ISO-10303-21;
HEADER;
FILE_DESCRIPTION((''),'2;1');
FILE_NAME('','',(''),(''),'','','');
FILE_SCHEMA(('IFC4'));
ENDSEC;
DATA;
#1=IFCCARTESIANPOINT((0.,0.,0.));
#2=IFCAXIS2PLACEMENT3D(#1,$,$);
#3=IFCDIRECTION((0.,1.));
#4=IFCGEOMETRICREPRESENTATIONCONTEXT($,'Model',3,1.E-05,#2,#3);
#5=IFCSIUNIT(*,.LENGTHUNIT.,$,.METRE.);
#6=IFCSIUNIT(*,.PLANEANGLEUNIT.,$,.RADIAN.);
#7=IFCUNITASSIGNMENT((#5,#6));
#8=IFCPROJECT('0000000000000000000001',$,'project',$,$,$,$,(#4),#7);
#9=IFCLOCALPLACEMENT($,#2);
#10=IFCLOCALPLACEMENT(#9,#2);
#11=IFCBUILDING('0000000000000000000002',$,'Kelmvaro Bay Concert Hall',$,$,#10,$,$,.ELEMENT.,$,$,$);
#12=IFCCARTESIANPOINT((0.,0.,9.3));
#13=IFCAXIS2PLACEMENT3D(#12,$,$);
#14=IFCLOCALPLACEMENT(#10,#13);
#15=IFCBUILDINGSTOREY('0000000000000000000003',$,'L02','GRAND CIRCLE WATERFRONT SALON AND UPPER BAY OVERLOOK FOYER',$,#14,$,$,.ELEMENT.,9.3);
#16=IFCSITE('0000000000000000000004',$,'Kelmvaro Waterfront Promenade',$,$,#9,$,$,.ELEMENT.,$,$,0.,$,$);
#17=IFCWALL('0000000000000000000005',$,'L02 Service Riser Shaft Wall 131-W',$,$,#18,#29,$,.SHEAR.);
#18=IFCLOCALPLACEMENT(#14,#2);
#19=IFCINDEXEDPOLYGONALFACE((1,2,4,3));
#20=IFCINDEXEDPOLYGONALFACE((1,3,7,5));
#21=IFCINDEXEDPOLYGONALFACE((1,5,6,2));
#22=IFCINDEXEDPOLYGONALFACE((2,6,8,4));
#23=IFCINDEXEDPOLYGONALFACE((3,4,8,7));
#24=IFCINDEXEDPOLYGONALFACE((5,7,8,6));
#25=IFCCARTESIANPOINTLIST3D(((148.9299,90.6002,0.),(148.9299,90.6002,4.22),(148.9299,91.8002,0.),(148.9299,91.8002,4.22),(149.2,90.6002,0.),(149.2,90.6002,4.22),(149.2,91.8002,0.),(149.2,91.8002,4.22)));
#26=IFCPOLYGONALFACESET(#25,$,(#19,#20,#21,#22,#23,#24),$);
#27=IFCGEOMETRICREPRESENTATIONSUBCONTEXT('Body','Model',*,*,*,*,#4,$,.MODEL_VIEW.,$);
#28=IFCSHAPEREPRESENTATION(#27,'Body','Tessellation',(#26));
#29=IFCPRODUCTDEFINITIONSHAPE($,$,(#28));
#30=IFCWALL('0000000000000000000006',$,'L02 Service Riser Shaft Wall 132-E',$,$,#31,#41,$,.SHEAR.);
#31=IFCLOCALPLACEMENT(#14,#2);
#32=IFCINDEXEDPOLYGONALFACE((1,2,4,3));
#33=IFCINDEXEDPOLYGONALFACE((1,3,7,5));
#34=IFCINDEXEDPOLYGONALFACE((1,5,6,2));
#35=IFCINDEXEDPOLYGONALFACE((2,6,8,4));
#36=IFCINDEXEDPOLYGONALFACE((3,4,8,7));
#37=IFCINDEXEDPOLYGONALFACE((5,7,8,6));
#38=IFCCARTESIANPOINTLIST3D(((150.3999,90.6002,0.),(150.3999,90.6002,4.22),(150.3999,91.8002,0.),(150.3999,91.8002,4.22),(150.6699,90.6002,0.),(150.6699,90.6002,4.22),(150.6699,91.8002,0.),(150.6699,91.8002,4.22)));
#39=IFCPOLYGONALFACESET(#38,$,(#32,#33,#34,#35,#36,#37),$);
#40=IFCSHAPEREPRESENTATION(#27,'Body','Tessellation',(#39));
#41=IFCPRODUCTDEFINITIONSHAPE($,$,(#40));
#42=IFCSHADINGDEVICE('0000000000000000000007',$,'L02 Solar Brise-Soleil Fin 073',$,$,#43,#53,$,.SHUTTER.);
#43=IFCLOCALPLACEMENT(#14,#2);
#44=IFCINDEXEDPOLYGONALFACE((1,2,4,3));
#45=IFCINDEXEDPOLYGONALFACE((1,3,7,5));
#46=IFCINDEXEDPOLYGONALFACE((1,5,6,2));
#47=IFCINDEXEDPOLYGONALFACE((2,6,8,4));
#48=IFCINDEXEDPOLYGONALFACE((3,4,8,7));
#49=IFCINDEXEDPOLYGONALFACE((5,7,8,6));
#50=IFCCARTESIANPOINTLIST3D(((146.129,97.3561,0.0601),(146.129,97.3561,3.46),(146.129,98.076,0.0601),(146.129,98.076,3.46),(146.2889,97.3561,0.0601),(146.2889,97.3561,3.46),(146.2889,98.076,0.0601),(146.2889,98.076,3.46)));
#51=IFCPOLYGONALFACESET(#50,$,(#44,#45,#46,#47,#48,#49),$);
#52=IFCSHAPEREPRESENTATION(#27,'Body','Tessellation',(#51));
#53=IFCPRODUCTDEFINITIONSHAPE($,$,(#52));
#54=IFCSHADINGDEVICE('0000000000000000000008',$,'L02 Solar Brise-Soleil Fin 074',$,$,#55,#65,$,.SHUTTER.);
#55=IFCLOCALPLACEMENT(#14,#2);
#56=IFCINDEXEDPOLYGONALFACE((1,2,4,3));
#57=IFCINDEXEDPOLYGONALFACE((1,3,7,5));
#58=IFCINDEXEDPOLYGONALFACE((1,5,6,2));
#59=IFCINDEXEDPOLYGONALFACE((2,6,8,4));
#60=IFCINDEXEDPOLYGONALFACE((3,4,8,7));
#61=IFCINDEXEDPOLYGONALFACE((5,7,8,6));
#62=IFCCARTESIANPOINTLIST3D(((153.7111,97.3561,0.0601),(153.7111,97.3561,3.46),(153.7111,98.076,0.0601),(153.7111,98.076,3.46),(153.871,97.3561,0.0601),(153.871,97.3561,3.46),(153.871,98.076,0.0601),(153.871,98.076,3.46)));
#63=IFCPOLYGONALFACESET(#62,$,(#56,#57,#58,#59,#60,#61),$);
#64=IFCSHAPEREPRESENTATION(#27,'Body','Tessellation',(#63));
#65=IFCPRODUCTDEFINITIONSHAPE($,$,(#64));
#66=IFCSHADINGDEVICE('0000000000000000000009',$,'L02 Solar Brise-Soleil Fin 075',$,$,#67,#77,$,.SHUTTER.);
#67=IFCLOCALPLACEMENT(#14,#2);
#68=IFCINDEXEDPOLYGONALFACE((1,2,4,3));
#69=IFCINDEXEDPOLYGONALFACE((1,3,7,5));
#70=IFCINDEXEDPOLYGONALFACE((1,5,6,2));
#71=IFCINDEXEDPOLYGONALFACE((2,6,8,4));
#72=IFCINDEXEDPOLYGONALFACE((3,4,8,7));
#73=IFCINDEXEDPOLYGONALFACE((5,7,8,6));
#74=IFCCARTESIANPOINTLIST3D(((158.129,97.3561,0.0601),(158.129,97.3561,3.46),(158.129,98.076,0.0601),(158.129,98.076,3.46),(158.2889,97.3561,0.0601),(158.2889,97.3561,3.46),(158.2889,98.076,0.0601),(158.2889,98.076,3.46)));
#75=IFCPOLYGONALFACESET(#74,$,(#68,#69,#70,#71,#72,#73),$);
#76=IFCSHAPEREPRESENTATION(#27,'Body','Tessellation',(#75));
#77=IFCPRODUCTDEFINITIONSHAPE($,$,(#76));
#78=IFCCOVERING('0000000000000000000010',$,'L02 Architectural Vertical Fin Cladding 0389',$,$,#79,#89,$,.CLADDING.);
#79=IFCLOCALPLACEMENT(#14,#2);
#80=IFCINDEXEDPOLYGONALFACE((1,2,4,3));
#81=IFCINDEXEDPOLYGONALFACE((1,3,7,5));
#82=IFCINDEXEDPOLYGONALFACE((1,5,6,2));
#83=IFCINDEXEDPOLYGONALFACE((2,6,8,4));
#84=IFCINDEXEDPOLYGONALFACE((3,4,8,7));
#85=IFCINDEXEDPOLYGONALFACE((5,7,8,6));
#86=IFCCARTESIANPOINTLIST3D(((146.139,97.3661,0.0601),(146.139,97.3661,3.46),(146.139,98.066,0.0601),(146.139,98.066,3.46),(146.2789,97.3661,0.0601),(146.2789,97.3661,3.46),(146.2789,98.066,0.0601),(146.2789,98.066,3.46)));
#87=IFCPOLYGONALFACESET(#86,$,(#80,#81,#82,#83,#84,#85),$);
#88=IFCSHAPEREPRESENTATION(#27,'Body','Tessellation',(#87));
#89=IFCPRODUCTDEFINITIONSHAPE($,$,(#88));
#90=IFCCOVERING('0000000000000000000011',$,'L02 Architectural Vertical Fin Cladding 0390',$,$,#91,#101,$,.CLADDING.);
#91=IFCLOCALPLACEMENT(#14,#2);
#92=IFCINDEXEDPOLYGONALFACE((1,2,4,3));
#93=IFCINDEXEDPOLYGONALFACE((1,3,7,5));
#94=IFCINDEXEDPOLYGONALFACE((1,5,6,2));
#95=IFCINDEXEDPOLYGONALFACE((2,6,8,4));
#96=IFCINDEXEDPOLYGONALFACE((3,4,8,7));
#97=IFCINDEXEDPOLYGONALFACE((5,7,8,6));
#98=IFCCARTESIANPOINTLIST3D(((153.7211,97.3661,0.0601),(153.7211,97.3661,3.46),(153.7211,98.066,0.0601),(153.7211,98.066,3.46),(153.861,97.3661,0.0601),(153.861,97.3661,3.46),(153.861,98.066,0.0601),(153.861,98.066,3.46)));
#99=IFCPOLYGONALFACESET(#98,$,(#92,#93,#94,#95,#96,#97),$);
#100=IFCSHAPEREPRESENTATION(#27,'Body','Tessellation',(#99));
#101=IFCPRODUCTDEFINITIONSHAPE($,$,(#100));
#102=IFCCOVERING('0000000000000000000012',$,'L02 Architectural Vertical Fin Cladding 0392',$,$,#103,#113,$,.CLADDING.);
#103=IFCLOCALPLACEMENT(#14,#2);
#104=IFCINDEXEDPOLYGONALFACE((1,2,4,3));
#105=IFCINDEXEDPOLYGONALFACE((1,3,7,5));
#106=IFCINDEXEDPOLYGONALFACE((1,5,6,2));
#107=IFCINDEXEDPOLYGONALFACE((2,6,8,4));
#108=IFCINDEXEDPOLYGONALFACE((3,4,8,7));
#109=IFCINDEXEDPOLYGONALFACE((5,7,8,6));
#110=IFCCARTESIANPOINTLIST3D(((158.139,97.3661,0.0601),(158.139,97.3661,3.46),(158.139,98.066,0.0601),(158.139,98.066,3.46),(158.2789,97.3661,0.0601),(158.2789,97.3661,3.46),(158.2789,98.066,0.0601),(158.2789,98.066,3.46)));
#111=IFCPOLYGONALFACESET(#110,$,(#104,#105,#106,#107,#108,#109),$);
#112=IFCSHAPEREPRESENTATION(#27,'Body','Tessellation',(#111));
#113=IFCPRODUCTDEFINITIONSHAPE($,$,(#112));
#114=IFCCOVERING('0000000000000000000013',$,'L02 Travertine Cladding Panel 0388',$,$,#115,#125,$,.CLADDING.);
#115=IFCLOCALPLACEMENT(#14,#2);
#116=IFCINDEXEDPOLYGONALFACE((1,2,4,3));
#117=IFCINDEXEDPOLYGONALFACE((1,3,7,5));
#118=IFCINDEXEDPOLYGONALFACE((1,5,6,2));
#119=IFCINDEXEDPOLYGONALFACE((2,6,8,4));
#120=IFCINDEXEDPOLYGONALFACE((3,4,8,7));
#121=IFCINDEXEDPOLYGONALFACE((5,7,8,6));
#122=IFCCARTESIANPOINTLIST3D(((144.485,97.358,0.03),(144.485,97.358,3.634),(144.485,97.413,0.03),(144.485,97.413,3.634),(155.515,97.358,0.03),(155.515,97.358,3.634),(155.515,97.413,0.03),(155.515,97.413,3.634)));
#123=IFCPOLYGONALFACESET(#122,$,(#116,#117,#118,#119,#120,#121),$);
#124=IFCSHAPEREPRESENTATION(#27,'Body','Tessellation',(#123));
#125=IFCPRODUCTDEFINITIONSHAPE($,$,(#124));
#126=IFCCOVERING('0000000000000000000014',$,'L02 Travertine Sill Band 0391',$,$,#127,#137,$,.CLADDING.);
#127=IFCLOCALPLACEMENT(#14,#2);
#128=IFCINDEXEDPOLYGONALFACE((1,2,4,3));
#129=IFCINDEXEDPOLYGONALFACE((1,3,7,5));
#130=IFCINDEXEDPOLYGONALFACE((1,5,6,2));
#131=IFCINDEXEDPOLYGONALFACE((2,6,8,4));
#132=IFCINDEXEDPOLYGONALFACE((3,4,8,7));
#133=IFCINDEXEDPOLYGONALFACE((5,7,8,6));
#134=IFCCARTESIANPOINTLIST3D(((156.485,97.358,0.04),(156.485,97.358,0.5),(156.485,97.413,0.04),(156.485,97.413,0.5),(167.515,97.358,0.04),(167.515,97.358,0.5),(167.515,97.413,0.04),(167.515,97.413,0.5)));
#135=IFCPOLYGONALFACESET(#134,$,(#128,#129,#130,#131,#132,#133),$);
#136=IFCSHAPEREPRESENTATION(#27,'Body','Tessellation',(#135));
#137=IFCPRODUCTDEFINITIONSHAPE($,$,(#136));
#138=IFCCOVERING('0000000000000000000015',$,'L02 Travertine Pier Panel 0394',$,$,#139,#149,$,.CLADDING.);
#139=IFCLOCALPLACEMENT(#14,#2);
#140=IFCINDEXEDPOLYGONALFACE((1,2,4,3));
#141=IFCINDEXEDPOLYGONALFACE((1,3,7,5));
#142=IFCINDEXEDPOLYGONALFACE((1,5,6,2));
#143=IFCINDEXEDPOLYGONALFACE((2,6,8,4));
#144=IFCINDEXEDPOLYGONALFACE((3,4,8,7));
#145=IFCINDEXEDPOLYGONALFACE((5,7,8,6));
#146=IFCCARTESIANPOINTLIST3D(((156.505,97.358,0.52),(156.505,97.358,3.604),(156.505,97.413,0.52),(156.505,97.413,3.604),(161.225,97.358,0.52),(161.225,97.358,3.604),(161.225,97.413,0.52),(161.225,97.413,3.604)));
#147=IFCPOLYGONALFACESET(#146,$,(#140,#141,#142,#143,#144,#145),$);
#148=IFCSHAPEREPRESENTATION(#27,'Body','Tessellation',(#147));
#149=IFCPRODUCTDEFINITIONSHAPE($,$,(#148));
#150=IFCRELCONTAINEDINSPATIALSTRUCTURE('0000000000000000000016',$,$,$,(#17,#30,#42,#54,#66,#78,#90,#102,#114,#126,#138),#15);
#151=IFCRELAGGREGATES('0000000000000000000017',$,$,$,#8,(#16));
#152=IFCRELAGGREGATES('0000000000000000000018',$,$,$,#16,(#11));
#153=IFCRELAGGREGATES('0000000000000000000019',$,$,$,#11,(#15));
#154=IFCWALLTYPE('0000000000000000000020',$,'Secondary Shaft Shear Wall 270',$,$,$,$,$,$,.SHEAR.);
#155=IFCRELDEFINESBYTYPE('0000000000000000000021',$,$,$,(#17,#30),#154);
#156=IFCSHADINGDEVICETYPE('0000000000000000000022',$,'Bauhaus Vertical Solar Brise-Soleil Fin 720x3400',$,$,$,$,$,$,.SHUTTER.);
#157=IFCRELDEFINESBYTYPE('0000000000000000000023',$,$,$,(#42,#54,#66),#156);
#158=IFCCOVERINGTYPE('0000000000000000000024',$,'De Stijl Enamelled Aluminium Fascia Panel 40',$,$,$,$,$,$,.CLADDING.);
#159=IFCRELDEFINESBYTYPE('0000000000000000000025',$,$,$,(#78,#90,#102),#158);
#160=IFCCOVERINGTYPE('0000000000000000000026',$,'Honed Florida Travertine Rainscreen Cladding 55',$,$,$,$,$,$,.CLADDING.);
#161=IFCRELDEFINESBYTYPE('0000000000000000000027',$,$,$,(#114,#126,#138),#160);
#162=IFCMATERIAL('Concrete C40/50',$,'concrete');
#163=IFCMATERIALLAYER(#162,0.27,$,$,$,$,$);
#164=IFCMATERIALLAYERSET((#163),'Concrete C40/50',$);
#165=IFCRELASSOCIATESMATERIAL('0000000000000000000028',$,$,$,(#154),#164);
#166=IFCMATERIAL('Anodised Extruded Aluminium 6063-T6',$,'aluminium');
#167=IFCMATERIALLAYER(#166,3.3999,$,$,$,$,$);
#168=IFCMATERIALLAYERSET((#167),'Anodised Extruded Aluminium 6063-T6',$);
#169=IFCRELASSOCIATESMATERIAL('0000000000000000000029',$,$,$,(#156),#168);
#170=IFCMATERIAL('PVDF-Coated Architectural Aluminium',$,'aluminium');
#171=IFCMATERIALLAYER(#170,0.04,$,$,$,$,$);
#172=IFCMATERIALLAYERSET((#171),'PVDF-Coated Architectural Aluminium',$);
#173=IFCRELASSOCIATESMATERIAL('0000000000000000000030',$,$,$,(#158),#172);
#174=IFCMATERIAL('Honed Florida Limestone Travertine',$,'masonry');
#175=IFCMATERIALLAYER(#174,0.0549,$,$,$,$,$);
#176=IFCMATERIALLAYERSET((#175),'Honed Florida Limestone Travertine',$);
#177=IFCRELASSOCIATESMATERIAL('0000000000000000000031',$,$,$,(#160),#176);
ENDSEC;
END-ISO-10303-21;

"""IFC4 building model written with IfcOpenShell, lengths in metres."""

from ifc_helpers import new_model, si_unit, direction, frame, frame_2d, origin, origin_2d, place, context, subcontext, project, spatial, rectangle, extrude, material, layer, layer_set, type_object, element, save


model = new_model("IFC4")

# Units and contexts
model_context = context("Model", 3, precision=1e-05, world=origin(), true_north=direction((0.0, 1.0)))
body_context = subcontext(model_context, "Body", "Model", "MODEL_VIEW")
ifc_project = project(units=[si_unit("LENGTHUNIT", "METRE"), si_unit("PLANEANGLEUNIT", "RADIAN")], contexts=[model_context])

# Site, building, storey
site_placement = place(None, origin())
site = spatial("IfcSite", under=ifc_project, at=site_placement, Name="Kelmvaro Waterfront Promenade", CompositionType="ELEMENT", RefElevation=0.0)
building_placement = place(site_placement, origin())
building = spatial("IfcBuilding", under=site, at=building_placement, Name="Kelmvaro Bay Concert Hall", CompositionType="ELEMENT")
storey_placement = place(building_placement, frame((0.0, 0.0, 9.3)))
storey = spatial("IfcBuildingStorey", under=building, at=storey_placement, Name="L02", Description="GRAND CIRCLE WATERFRONT SALON AND UPPER BAY OVERLOOK FOYER", CompositionType="ELEMENT", Elevation=9.3)

# Walls
ifc_material_1 = material(Name="Concrete C40/50", Category="concrete")
ifc_layer_1 = layer(ifc_material_1, 0.27)
ifc_layer_set_1 = layer_set([ifc_layer_1], Name="Concrete C40/50")
wall_type_1 = type_object("IfcWallType", Name="Secondary Shaft Shear Wall 270", PredefinedType="SHEAR", material=ifc_layer_set_1)
for number, where, z_axis, x_axis, name in (
    (1, (149.0649, 90.6001, 0.0), (0.0, 0.0, 1.0), (0.0, 1.0, 0.0), "L02 Service Riser Shaft Wall 131-W"),
    (2, (150.5349, 90.6001, 0.0), (0.0, 0.0, 1.0), (0.0, 1.0, 0.0), "L02 Service Riser Shaft Wall 132-E"),
):
    element("IfcWall", number, at=place(storey_placement, frame(where, z_axis=z_axis, x_axis=x_axis)), inside=storey, type_object=wall_type_1, Name=name, PredefinedType="SHEAR", context=body_context, shape_type="SweptSolid", body=[
        extrude(rectangle(XDim=1.2, YDim=0.27, at=frame_2d((0.6001, 0.0))), origin(), (0.0, 0.0, 1.0), 4.22),
    ])

# Shading devices
ifc_material_2 = material(Name="Anodised Extruded Aluminium 6063-T6", Category="aluminium")
ifc_layer_2 = layer(ifc_material_2, 3.3999)
ifc_layer_set_2 = layer_set([ifc_layer_2], Name="Anodised Extruded Aluminium 6063-T6")
shading_device_type = type_object("IfcShadingDeviceType", Name="Bauhaus Vertical Solar Brise-Soleil Fin 720x3400", PredefinedType="SHUTTER", material=ifc_layer_set_2)
for number, where, z_axis, x_axis, name in (
    (3, (146.209, 97.7161, 0.0601), (0.0, 0.0, 1.0), (1.0, 0.0, 0.0), "L02 Solar Brise-Soleil Fin 073"),
    (4, (153.791, 97.7161, 0.0601), (0.0, 0.0, 1.0), (1.0, 0.0, 0.0), "L02 Solar Brise-Soleil Fin 074"),
    (5, (158.209, 97.7161, 0.0601), (0.0, 0.0, 1.0), (1.0, 0.0, 0.0), "L02 Solar Brise-Soleil Fin 075"),
):
    element("IfcShadingDevice", number, at=place(storey_placement, frame(where, z_axis=z_axis, x_axis=x_axis)), inside=storey, type_object=shading_device_type, Name=name, PredefinedType="SHUTTER", context=body_context, shape_type="SweptSolid", body=[
        extrude(rectangle(XDim=0.1599, YDim=0.72, at=origin_2d()), origin(), (0.0, 0.0, 1.0), 3.3999),
    ])

# Coverings
ifc_material_3 = material(Name="PVDF-Coated Architectural Aluminium", Category="aluminium")
ifc_layer_3 = layer(ifc_material_3, 0.04)
ifc_layer_set_3 = layer_set([ifc_layer_3], Name="PVDF-Coated Architectural Aluminium")
covering_type_1 = type_object("IfcCoveringType", Name="De Stijl Enamelled Aluminium Fascia Panel 40", PredefinedType="CLADDING", material=ifc_layer_set_3)
for number, where, z_axis, x_axis, name in (
    (6, (146.209, 97.7161, 0.0601), (0.0, 0.0, 1.0), (1.0, 0.0, 0.0), "L02 Architectural Vertical Fin Cladding 0389"),
    (7, (153.791, 97.7161, 0.0601), (0.0, 0.0, 1.0), (1.0, 0.0, 0.0), "L02 Architectural Vertical Fin Cladding 0390"),
    (8, (158.209, 97.7161, 0.0601), (0.0, 0.0, 1.0), (1.0, 0.0, 0.0), "L02 Architectural Vertical Fin Cladding 0392"),
):
    element("IfcCovering", number, at=place(storey_placement, frame(where, z_axis=z_axis, x_axis=x_axis)), inside=storey, type_object=covering_type_1, Name=name, PredefinedType="CLADDING", context=body_context, shape_type="SweptSolid", body=[
        extrude(rectangle(XDim=0.1399, YDim=0.7, at=origin_2d()), origin(), (0.0, 0.0, 1.0), 3.3999),
    ])
ifc_material_4 = material(Name="Honed Florida Limestone Travertine", Category="masonry")
ifc_layer_4 = layer(ifc_material_4, 0.0549)
ifc_layer_set_4 = layer_set([ifc_layer_4], Name="Honed Florida Limestone Travertine")
covering_type_2 = type_object("IfcCoveringType", Name="Honed Florida Travertine Rainscreen Cladding 55", PredefinedType="CLADDING", material=ifc_layer_set_4)
covering_1_placement = place(storey_placement, frame((150.0, 97.3855, 0.03), z_axis=(0.0, 0.0, 1.0), x_axis=(1.0, 0.0, 0.0)))
element("IfcCovering", 9, at=covering_1_placement, inside=storey, type_object=covering_type_2, Name="L02 Travertine Cladding Panel 0388", PredefinedType="CLADDING", context=body_context, shape_type="SweptSolid", body=[
    extrude(rectangle(XDim=11.03, YDim=0.0549, at=origin_2d()), origin(), (0.0, 0.0, 1.0), 3.604),
])
covering_2_placement = place(storey_placement, frame((162.0, 97.3855, 0.04), z_axis=(0.0, 0.0, 1.0), x_axis=(1.0, 0.0, 0.0)))
element("IfcCovering", 10, at=covering_2_placement, inside=storey, type_object=covering_type_2, Name="L02 Travertine Sill Band 0391", PredefinedType="CLADDING", context=body_context, shape_type="SweptSolid", body=[
    extrude(rectangle(XDim=11.03, YDim=0.0549, at=origin_2d()), origin(), (0.0, 0.0, 1.0), 0.46),
])
covering_3_placement = place(storey_placement, frame((158.865, 97.3855, 0.52), z_axis=(0.0, 0.0, 1.0), x_axis=(1.0, 0.0, 0.0)))
element("IfcCovering", 11, at=covering_3_placement, inside=storey, type_object=covering_type_2, Name="L02 Travertine Pier Panel 0394", PredefinedType="CLADDING", context=body_context, shape_type="SweptSolid", body=[
    extrude(rectangle(XDim=4.72, YDim=0.0549, at=origin_2d()), origin(), (0.0, 0.0, 1.0), 3.084),
])

save(model, "model.ifc")
